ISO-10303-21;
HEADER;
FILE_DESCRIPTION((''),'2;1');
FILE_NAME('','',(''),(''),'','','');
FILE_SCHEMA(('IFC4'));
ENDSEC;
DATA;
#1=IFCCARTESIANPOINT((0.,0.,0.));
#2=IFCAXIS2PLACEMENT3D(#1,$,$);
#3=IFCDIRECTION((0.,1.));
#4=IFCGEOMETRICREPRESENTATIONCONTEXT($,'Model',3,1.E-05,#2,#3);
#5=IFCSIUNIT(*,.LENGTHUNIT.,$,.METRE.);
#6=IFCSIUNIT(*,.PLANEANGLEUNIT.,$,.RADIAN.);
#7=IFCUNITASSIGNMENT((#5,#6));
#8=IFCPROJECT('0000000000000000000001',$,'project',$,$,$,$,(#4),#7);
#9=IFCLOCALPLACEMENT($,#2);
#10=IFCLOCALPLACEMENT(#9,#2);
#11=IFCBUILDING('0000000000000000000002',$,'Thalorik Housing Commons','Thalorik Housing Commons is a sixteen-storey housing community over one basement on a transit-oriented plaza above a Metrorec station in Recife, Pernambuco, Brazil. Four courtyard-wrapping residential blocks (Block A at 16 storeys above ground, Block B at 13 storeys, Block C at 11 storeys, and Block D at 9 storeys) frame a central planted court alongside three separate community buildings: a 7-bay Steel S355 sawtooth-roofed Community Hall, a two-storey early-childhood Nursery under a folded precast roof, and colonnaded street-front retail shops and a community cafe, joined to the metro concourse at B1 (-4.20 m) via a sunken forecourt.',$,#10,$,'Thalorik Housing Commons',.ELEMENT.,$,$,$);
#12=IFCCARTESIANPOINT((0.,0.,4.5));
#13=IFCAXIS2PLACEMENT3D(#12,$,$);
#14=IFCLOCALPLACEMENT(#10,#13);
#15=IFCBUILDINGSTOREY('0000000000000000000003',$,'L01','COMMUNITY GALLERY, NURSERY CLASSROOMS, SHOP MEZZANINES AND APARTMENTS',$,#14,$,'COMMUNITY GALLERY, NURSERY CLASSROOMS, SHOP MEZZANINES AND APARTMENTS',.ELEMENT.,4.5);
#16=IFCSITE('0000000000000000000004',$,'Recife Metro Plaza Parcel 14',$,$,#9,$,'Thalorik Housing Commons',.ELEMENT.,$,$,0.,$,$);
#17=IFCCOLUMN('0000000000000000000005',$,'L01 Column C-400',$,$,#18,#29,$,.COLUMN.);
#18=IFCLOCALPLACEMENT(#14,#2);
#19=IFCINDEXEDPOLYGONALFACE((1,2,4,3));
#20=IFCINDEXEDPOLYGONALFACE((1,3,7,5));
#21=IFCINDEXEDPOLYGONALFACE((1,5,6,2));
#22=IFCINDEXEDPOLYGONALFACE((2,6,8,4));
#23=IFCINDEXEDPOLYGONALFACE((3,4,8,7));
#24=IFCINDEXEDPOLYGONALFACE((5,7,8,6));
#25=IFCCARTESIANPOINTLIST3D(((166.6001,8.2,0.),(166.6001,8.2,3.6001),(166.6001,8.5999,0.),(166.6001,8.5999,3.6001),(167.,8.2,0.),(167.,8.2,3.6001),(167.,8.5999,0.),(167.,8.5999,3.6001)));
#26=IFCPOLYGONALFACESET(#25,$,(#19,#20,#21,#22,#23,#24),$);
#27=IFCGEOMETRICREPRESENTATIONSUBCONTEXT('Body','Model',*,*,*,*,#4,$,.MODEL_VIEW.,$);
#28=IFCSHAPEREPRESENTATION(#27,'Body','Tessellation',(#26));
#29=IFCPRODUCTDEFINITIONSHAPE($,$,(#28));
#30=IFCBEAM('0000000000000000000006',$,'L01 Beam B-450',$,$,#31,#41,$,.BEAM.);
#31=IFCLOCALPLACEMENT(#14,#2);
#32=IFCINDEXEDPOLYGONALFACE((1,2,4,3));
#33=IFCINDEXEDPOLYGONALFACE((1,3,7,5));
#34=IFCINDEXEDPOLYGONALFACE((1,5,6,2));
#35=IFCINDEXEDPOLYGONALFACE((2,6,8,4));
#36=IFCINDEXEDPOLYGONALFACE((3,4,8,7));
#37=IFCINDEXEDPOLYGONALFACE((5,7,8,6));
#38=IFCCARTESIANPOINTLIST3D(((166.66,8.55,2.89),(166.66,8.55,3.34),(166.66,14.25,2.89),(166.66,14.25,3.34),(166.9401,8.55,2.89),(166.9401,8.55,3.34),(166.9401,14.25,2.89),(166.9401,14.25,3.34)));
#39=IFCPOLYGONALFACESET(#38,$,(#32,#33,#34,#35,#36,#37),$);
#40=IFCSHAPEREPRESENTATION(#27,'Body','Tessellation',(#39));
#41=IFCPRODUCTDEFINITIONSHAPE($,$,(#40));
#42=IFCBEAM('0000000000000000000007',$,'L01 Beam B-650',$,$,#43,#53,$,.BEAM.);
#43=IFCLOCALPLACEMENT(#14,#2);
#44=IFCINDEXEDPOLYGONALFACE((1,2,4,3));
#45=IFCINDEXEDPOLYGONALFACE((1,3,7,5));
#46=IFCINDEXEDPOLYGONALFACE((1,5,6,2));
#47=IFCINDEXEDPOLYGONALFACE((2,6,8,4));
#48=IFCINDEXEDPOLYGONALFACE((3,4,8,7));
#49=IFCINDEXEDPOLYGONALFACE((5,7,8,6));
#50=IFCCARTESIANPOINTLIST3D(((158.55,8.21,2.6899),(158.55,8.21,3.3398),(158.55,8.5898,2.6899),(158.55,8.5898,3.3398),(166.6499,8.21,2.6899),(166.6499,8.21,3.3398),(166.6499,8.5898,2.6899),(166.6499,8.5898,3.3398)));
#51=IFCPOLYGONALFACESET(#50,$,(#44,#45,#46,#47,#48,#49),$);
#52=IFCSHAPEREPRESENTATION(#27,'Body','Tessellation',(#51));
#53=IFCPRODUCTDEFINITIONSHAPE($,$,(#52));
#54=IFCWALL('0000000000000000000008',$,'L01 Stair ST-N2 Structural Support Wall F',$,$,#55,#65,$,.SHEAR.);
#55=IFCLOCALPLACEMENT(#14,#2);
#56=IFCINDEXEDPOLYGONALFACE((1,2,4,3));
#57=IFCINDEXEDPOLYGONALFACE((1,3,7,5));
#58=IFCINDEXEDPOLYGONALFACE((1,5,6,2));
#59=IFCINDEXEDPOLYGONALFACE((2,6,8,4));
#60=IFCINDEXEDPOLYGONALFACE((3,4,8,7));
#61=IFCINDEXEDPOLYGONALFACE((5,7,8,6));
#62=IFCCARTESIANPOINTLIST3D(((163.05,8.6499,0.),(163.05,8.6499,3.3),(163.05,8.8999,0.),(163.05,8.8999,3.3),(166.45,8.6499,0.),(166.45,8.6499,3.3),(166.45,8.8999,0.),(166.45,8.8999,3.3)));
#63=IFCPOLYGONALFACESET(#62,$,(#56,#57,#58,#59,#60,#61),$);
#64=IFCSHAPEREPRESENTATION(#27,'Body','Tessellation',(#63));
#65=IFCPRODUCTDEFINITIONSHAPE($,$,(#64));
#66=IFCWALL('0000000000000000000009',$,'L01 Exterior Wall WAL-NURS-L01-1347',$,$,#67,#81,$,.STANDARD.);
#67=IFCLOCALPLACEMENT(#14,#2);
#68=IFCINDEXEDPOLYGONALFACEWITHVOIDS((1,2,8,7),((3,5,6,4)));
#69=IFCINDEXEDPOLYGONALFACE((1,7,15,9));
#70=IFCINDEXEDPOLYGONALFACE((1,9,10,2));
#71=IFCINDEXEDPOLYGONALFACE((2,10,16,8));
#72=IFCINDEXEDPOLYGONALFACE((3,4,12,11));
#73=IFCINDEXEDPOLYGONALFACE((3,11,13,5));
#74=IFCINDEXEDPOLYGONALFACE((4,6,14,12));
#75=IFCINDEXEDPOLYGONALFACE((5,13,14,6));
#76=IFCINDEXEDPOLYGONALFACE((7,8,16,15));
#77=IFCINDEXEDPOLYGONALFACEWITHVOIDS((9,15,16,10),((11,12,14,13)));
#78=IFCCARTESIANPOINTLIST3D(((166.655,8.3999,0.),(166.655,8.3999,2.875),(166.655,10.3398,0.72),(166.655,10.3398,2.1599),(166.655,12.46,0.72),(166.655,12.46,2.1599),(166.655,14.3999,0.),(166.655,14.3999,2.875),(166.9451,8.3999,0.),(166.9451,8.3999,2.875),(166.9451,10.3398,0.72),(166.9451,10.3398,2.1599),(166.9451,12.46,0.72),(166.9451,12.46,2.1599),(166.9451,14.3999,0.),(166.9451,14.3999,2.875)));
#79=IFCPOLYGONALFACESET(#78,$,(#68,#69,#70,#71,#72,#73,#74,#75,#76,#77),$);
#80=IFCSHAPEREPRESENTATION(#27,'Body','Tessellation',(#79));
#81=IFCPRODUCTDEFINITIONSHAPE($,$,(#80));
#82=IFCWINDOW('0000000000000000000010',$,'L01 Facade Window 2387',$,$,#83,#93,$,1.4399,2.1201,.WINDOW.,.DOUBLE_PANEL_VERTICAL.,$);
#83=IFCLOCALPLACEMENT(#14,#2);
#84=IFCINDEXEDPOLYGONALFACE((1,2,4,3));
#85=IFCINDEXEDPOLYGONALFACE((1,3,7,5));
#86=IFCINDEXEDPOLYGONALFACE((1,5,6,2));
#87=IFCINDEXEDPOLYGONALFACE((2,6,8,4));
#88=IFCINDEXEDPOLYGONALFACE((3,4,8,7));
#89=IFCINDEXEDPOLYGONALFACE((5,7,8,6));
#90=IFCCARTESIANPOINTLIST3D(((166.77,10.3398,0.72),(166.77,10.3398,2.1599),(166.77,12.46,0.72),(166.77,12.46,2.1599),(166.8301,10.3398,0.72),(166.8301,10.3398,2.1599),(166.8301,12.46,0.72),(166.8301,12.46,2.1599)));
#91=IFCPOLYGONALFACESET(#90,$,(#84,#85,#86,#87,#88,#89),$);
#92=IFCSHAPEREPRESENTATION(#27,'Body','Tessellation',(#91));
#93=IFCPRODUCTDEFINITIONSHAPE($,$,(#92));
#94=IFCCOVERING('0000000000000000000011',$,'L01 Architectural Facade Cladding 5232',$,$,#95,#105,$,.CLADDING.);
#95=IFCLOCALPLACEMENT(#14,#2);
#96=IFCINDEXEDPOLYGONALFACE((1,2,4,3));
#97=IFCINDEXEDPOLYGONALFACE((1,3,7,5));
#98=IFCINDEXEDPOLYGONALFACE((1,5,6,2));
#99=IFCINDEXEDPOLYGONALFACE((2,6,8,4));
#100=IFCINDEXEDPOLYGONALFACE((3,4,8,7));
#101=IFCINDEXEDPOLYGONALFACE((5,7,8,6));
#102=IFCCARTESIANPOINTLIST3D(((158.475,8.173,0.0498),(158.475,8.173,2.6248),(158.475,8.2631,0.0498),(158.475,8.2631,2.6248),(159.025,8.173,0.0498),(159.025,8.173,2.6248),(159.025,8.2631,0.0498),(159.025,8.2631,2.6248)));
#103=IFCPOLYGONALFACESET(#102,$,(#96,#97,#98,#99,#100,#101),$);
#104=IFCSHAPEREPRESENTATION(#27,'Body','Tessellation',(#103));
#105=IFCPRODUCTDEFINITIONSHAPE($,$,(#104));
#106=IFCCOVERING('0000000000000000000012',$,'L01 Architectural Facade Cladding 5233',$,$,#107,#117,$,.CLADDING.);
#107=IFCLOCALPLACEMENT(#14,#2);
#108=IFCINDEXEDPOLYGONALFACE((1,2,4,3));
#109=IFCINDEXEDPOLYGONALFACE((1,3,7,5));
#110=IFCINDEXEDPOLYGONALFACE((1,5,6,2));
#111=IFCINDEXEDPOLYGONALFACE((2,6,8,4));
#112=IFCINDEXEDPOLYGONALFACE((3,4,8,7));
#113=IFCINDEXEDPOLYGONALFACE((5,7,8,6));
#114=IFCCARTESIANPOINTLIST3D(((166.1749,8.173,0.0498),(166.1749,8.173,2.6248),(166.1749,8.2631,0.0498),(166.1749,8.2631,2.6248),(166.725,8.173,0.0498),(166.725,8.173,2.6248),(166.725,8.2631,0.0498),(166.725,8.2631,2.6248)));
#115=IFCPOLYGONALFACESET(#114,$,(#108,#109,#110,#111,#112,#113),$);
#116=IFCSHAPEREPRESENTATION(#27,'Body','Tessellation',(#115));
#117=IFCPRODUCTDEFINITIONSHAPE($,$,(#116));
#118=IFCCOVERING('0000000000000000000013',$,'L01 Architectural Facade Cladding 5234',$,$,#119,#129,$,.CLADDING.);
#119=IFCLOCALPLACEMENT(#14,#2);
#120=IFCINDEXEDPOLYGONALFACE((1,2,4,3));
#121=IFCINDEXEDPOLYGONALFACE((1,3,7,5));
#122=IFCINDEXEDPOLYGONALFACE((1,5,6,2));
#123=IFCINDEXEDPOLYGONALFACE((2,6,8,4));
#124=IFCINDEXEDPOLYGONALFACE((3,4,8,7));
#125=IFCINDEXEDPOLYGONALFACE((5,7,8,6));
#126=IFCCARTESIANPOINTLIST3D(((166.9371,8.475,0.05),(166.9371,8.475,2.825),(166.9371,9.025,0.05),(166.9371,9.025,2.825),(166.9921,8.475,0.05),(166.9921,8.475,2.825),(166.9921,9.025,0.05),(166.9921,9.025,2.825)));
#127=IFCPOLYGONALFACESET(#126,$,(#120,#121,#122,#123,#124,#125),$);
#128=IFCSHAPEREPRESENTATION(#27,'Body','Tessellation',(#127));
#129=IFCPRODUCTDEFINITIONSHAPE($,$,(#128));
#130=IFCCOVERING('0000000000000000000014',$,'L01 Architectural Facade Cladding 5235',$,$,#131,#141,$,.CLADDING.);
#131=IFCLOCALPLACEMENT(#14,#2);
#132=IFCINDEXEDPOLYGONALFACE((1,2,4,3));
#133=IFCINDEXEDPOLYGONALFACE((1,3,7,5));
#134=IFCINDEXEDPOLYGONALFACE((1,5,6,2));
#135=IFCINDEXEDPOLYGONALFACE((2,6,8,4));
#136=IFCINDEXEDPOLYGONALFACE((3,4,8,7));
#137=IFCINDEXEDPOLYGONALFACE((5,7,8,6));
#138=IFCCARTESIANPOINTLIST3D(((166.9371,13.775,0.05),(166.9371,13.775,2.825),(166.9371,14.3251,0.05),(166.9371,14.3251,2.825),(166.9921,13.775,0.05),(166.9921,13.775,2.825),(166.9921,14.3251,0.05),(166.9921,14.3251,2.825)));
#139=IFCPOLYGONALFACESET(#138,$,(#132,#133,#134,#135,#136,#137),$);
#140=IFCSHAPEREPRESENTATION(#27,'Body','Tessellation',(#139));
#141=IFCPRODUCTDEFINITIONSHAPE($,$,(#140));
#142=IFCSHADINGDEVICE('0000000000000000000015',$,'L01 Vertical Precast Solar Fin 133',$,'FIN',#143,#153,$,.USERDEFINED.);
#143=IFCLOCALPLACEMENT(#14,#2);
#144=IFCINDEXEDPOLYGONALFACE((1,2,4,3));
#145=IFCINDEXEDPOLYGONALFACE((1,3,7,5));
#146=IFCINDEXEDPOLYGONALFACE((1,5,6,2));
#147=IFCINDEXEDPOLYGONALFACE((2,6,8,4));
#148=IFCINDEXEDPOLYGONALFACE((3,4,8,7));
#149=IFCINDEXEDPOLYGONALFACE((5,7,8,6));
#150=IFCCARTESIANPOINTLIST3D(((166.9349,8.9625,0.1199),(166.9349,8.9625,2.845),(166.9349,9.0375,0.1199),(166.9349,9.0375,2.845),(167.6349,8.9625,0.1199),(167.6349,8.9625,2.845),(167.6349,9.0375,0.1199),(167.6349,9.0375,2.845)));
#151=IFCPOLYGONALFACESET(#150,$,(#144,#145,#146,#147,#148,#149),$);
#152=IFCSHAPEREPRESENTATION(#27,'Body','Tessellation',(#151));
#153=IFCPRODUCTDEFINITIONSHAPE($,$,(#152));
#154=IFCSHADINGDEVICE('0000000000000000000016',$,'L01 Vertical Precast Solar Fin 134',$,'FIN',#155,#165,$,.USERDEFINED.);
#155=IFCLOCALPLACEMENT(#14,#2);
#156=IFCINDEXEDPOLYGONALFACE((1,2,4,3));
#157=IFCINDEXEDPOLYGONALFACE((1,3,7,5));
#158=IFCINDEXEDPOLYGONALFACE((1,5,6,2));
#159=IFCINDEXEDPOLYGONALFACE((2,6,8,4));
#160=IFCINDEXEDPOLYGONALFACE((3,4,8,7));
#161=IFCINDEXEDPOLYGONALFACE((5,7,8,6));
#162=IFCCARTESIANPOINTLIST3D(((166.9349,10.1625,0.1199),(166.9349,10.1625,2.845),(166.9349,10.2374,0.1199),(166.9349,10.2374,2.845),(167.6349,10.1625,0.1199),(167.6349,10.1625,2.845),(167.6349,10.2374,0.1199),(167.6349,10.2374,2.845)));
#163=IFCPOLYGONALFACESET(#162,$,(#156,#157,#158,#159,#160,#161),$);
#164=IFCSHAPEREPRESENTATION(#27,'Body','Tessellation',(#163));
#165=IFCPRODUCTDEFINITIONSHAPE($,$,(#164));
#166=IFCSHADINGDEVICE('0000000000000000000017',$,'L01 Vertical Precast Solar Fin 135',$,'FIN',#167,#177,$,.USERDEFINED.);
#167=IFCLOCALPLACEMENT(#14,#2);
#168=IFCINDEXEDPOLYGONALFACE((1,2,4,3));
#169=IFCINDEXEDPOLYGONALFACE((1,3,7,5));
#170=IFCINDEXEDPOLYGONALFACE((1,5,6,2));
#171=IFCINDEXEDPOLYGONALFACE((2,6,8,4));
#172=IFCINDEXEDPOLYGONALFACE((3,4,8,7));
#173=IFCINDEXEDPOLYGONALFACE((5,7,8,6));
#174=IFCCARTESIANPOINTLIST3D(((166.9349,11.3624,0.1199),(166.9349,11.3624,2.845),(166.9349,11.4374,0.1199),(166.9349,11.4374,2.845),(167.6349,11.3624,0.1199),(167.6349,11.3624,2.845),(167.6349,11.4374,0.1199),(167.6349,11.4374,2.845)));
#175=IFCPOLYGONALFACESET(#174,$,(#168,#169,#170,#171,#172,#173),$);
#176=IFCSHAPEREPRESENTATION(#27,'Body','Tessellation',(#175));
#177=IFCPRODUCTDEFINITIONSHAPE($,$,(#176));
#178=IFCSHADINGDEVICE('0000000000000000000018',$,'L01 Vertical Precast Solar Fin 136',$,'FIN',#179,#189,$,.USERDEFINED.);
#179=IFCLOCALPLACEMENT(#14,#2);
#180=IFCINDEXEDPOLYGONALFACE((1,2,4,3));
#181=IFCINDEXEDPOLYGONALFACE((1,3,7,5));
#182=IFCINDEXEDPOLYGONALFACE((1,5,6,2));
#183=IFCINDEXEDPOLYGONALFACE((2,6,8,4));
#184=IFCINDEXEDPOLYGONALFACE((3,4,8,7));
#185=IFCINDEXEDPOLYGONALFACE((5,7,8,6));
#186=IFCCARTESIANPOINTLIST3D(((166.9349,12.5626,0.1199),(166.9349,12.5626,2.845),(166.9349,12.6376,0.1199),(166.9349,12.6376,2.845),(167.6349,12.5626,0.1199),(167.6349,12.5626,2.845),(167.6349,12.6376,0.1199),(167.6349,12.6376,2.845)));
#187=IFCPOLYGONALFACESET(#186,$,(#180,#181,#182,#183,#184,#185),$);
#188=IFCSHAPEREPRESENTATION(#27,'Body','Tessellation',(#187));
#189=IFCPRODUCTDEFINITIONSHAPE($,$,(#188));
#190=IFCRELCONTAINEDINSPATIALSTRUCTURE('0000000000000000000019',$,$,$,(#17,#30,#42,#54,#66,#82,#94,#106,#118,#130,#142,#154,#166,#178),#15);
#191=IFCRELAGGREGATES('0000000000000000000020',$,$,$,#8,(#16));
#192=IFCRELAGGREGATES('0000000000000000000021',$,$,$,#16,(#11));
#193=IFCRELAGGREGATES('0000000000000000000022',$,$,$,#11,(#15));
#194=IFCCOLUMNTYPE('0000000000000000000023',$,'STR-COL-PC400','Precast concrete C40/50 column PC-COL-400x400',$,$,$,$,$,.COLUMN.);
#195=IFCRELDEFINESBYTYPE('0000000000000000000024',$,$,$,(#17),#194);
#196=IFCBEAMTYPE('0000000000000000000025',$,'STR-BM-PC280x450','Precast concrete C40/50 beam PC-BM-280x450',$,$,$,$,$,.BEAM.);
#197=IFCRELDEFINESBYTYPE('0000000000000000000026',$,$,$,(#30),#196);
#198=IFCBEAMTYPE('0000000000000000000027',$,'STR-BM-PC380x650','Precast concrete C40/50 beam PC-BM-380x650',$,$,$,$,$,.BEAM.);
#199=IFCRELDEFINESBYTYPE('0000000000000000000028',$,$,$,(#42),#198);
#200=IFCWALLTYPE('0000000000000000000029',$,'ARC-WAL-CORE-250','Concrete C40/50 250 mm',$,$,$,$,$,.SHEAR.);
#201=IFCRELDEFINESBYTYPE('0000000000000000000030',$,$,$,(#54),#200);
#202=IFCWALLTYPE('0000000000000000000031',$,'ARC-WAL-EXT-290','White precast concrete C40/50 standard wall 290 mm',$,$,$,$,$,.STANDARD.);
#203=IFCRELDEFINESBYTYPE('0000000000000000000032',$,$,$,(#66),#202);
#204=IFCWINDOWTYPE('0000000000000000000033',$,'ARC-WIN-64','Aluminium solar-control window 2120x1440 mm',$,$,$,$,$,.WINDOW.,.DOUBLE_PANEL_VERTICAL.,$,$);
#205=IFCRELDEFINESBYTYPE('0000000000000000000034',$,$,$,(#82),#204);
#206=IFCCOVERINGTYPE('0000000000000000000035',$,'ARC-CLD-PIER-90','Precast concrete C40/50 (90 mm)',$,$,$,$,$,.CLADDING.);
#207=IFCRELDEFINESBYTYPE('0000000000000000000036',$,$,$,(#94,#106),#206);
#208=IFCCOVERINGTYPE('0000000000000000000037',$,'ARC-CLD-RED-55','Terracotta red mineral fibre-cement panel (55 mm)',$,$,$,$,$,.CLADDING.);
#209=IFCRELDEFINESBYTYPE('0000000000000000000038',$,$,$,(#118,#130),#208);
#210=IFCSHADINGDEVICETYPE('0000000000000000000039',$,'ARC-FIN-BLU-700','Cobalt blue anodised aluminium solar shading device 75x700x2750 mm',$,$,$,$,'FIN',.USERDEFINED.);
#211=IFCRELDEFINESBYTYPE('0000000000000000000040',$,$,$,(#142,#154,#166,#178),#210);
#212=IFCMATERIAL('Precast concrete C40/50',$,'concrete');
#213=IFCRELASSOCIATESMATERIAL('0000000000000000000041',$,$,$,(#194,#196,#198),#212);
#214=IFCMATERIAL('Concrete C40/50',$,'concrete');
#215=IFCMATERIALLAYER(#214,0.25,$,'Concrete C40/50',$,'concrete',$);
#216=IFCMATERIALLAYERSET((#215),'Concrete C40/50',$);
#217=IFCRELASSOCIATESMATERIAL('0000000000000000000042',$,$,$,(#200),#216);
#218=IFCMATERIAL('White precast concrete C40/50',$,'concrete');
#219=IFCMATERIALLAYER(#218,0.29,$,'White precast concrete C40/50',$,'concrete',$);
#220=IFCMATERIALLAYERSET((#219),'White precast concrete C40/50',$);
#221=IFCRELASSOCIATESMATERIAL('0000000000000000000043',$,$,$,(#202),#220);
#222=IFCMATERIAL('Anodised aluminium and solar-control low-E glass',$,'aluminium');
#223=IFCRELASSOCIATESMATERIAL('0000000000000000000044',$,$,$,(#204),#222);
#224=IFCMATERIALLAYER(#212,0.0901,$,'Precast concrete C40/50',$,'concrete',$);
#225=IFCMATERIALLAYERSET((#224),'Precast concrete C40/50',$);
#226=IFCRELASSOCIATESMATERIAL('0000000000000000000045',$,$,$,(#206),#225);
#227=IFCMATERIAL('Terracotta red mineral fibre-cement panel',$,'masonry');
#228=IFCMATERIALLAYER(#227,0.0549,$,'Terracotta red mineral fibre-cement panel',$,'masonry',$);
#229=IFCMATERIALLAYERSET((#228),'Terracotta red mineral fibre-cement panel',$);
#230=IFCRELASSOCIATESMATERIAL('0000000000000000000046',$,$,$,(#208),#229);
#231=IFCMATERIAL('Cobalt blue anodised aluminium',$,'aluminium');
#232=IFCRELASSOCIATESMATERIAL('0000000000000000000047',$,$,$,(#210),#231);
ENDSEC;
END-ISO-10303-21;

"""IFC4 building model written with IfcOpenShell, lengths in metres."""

from ifc_helpers import new_model, si_unit, direction, frame, frame_2d, origin, origin_2d, place, context, subcontext, project, spatial, rectangle, extrude, material, layer, layer_set, material_profile, profile_set, type_object, element, fill, save


model = new_model("IFC4")

# Units and contexts
model_context = context("Model", 3, precision=1e-05, world=origin(), true_north=direction((0.0, 1.0)))
body_context = subcontext(model_context, "Body", "Model", "MODEL_VIEW")
ifc_project = project(units=[si_unit("LENGTHUNIT", "METRE"), si_unit("PLANEANGLEUNIT", "RADIAN")], contexts=[model_context])

# Site, building, storey
site_placement = place(None, origin())
site = spatial("IfcSite", under=ifc_project, at=site_placement, Name="Recife Metro Plaza Parcel 14", LongName="Thalorik Housing Commons", CompositionType="ELEMENT", RefElevation=0.0)
building_placement = place(site_placement, origin())
building = spatial("IfcBuilding", under=site, at=building_placement, Name="Thalorik Housing Commons", Description="Thalorik Housing Commons is a sixteen-storey housing community over one basement on a transit-oriented plaza above a Metrorec station in Recife, Pernambuco, Brazil. Four courtyard-wrapping residential blocks (Block A at 16 storeys above ground, Block B at 13 storeys, Block C at 11 storeys, and Block D at 9 storeys) frame a central planted court alongside three separate community buildings: a 7-bay Steel S355 sawtooth-roofed Community Hall, a two-storey early-childhood Nursery under a folded precast roof, and colonnaded street-front retail shops and a community cafe, joined to the metro concourse at B1 (-4.20 m) via a sunken forecourt.", LongName="Thalorik Housing Commons", CompositionType="ELEMENT")
storey_placement = place(building_placement, frame((0.0, 0.0, 4.5)))
storey = spatial("IfcBuildingStorey", under=building, at=storey_placement, Name="L01", Description="COMMUNITY GALLERY, NURSERY CLASSROOMS, SHOP MEZZANINES AND APARTMENTS", LongName="COMMUNITY GALLERY, NURSERY CLASSROOMS, SHOP MEZZANINES AND APARTMENTS", CompositionType="ELEMENT", Elevation=4.5)

# Column
ifc_material_1 = material(Name="Precast concrete C40/50", Category="concrete")
ifc_material_profile_1 = material_profile(ifc_material_1, rectangle(XDim=0.3999, YDim=0.3999, at=origin_2d()), Name="PC 400x400", Category="concrete")
ifc_profile_set_1 = profile_set([ifc_material_profile_1], Name="Precast concrete C40/50")
column_type = type_object("IfcColumnType", Name="STR-COL-PC400", Description="Precast concrete C40/50 column PC-COL-400x400", PredefinedType="COLUMN", material=ifc_profile_set_1)
column_placement = place(storey_placement, frame((166.8, 8.3999, 0.0), z_axis=(0.0, 0.0, 1.0), x_axis=(1.0, 0.0, 0.0)))
element("IfcColumn", 1, at=column_placement, inside=storey, type_object=column_type, Name="L01 Column C-400", PredefinedType="COLUMN", context=body_context, shape_type="SweptSolid", body=[
    extrude(rectangle(XDim=0.3999, YDim=0.3999, at=origin_2d()), origin(), (0.0, 0.0, 1.0), 3.6001),
])

# Beams
ifc_material_profile_2 = material_profile(ifc_material_1, rectangle(XDim=0.28, YDim=0.45, at=origin_2d()), Name="PC 280x450", Category="concrete")
ifc_profile_set_2 = profile_set([ifc_material_profile_2], Name="Precast concrete C40/50")
beam_type_1 = type_object("IfcBeamType", Name="STR-BM-PC280x450", Description="Precast concrete C40/50 beam PC-BM-280x450", PredefinedType="BEAM", material=ifc_profile_set_2)
beam_1_placement = place(storey_placement, frame((166.8, 8.55, 3.115), z_axis=(0.0, 1.0, 0.0), x_axis=(-1.0, 0.0, 0.0)))
element("IfcBeam", 2, at=beam_1_placement, inside=storey, type_object=beam_type_1, Name="L01 Beam B-450", PredefinedType="BEAM", context=body_context, shape_type="SweptSolid", body=[
    extrude(rectangle(XDim=0.28, YDim=0.45, at=origin_2d()), origin(), (0.0, 0.0, 1.0), 5.7),
])
ifc_material_profile_3 = material_profile(ifc_material_1, rectangle(XDim=0.3799, YDim=0.6499, at=origin_2d()), Name="PC 380x650", Category="concrete")
ifc_profile_set_3 = profile_set([ifc_material_profile_3], Name="Precast concrete C40/50")
beam_type_2 = type_object("IfcBeamType", Name="STR-BM-PC380x650", Description="Precast concrete C40/50 beam PC-BM-380x650", PredefinedType="BEAM", material=ifc_profile_set_3)
beam_2_placement = place(storey_placement, frame((158.55, 8.3999, 3.0149), z_axis=(1.0, 0.0, 0.0), x_axis=(0.0, 1.0, 0.0)))
element("IfcBeam", 3, at=beam_2_placement, inside=storey, type_object=beam_type_2, Name="L01 Beam B-650", PredefinedType="BEAM", context=body_context, shape_type="SweptSolid", body=[
    extrude(rectangle(XDim=0.3799, YDim=0.6499, at=origin_2d()), origin(), (0.0, 0.0, 1.0), 8.0999),
])

# Wall
ifc_material_2 = material(Name="Concrete C40/50", Category="concrete")
ifc_layer_1 = layer(ifc_material_2, 0.25, Name="Concrete C40/50", Category="concrete")
ifc_layer_set_1 = layer_set([ifc_layer_1], Name="Concrete C40/50")
wall_type_1 = type_object("IfcWallType", Name="ARC-WAL-CORE-250", Description="Concrete C40/50 250 mm", PredefinedType="SHEAR", material=ifc_layer_set_1)
wall_1_placement = place(storey_placement, frame((163.05, 8.7749, 0.0), z_axis=(0.0, 0.0, 1.0), x_axis=(1.0, 0.0, 0.0)))
element("IfcWall", 4, at=wall_1_placement, inside=storey, type_object=wall_type_1, Name="L01 Stair ST-N2 Structural Support Wall F", PredefinedType="SHEAR", context=body_context, shape_type="SweptSolid", body=[
    extrude(rectangle(XDim=3.3999, YDim=0.25, at=frame_2d((1.7, 0.0))), origin(), (0.0, 0.0, 1.0), 3.3),
])

# Wall, opening, window
ifc_material_3 = material(Name="White precast concrete C40/50", Category="concrete")
ifc_layer_2 = layer(ifc_material_3, 0.29, Name="White precast concrete C40/50", Category="concrete")
ifc_layer_set_2 = layer_set([ifc_layer_2], Name="White precast concrete C40/50")
wall_type_2 = type_object("IfcWallType", Name="ARC-WAL-EXT-290", Description="White precast concrete C40/50 standard wall 290 mm", PredefinedType="STANDARD", material=ifc_layer_set_2)
wall_2_placement = place(storey_placement, frame((166.8, 8.3999, 0.0), z_axis=(0.0, 0.0, 1.0), x_axis=(0.0, 1.0, 0.0)))
wall_2 = element("IfcWall", 5, at=wall_2_placement, inside=storey, type_object=wall_type_2, Name="L01 Exterior Wall WAL-NURS-L01-1347", PredefinedType="STANDARD", context=body_context, shape_type="SweptSolid", body=[
    extrude(rectangle(XDim=6.0, YDim=0.29, at=frame_2d((3.0, 0.0))), origin(), (0.0, 0.0, 1.0), 2.875),
])
opening_placement = place(wall_2_placement, frame((1.9399, 0.0, 0.72)))
opening = element("IfcOpeningElement", 6, at=opening_placement, cuts=wall_2, PredefinedType="OPENING", context=body_context, shape_type="SweptSolid", body=[
    extrude(rectangle(XDim=2.1201, YDim=1.4399, at=frame_2d((1.0601, 0.72))), frame((0.0, 0.155, 0.0), z_axis=(0.0, -1.0, 0.0), x_axis=(1.0, 0.0, 0.0)), (0.0, 0.0, 1.0), 0.3101),
])
ifc_material_4 = material(Name="Anodised aluminium and solar-control low-E glass", Category="aluminium")
window_type = type_object("IfcWindowType", Name="ARC-WIN-64", Description="Aluminium solar-control window 2120x1440 mm", PartitioningType="DOUBLE_PANEL_VERTICAL", PredefinedType="WINDOW", material=ifc_material_4)
window_placement = place(opening_placement, origin())
window = element("IfcWindow", 7, at=window_placement, inside=storey, type_object=window_type, Name="L01 Facade Window 2387", OverallHeight=1.4399, OverallWidth=2.1201, PartitioningType="DOUBLE_PANEL_VERTICAL", PredefinedType="WINDOW", context=body_context, shape_type="SweptSolid", body=[
    extrude(rectangle(XDim=2.1201, YDim=1.4399, at=frame_2d((1.0601, 0.72))), frame((0.0, 0.03, 0.0), z_axis=(0.0, -1.0, 0.0), x_axis=(1.0, 0.0, 0.0)), (0.0, 0.0, 1.0), 0.0601),
])
fill(opening, window)

# Coverings
ifc_layer_3 = layer(ifc_material_1, 0.0901, Name="Precast concrete C40/50", Category="concrete")
ifc_layer_set_3 = layer_set([ifc_layer_3], Name="Precast concrete C40/50")
covering_type_1 = type_object("IfcCoveringType", Name="ARC-CLD-PIER-90", Description="Precast concrete C40/50 (90 mm)", PredefinedType="CLADDING", material=ifc_layer_set_3)
for number, where, z_axis, x_axis, name in (
    (8, (158.75, 8.218, 0.0498), (0.0, 0.0, 1.0), (1.0, 0.0, 0.0), "L01 Architectural Facade Cladding 5232"),
    (9, (166.45, 8.218, 0.0498), (0.0, 0.0, 1.0), (1.0, 0.0, 0.0), "L01 Architectural Facade Cladding 5233"),
):
    element("IfcCovering", number, at=place(storey_placement, frame(where, z_axis=z_axis, x_axis=x_axis)), inside=storey, type_object=covering_type_1, Name=name, PredefinedType="CLADDING", context=body_context, shape_type="SweptSolid", body=[
        extrude(rectangle(XDim=0.55, YDim=0.0901, at=origin_2d()), origin(), (0.0, 0.0, 1.0), 2.575),
    ])
ifc_material_5 = material(Name="Terracotta red mineral fibre-cement panel", Category="masonry")
ifc_layer_4 = layer(ifc_material_5, 0.0549, Name="Terracotta red mineral fibre-cement panel", Category="masonry")
ifc_layer_set_4 = layer_set([ifc_layer_4], Name="Terracotta red mineral fibre-cement panel")
covering_type_2 = type_object("IfcCoveringType", Name="ARC-CLD-RED-55", Description="Terracotta red mineral fibre-cement panel (55 mm)", PredefinedType="CLADDING", material=ifc_layer_set_4)
for number, where, z_axis, x_axis, name in (
    (10, (166.9646, 8.75, 0.05), (0.0, 0.0, 1.0), (0.0, 1.0, 0.0), "L01 Architectural Facade Cladding 5234"),
    (11, (166.9646, 14.05, 0.05), (0.0, 0.0, 1.0), (0.0, 1.0, 0.0), "L01 Architectural Facade Cladding 5235"),
):
    element("IfcCovering", number, at=place(storey_placement, frame(where, z_axis=z_axis, x_axis=x_axis)), inside=storey, type_object=covering_type_2, Name=name, PredefinedType="CLADDING", context=body_context, shape_type="SweptSolid", body=[
        extrude(rectangle(XDim=0.55, YDim=0.0549, at=origin_2d()), origin(), (0.0, 0.0, 1.0), 2.7749),
    ])

# Shading devices
ifc_material_6 = material(Name="Cobalt blue anodised aluminium", Category="aluminium")
shading_device_type_1 = type_object("IfcShadingDeviceType", Name="ARC-FIN-BLU-700", Description="Cobalt blue anodised aluminium solar shading device 75x700x2750 mm", ElementType="FIN", PredefinedType="USERDEFINED", material=ifc_material_6)
for number, where, z_axis, x_axis, name in (
    (12, (167.2849, 9.0, 0.1199), (0.0, 0.0, 1.0), (0.0, 1.0, 0.0), "L01 Vertical Precast Solar Fin 133"),
    (13, (167.2849, 10.2, 0.1199), (0.0, 0.0, 1.0), (0.0, 1.0, 0.0), "L01 Vertical Precast Solar Fin 134"),
    (14, (167.2849, 11.3999, 0.1199), (0.0, 0.0, 1.0), (0.0, 1.0, 0.0), "L01 Vertical Precast Solar Fin 135"),
    (15, (167.2849, 12.6001, 0.1199), (0.0, 0.0, 1.0), (0.0, 1.0, 0.0), "L01 Vertical Precast Solar Fin 136"),
):
    element("IfcShadingDevice", number, at=place(storey_placement, frame(where, z_axis=z_axis, x_axis=x_axis)), inside=storey, type_object=shading_device_type_1, Name=name, ObjectType="FIN", PredefinedType="USERDEFINED", context=body_context, shape_type="SweptSolid", body=[
        extrude(rectangle(XDim=0.075, YDim=0.7, at=origin_2d()), origin(), (0.0, 0.0, 1.0), 2.7251),
    ])

save(model, "model.ifc")
